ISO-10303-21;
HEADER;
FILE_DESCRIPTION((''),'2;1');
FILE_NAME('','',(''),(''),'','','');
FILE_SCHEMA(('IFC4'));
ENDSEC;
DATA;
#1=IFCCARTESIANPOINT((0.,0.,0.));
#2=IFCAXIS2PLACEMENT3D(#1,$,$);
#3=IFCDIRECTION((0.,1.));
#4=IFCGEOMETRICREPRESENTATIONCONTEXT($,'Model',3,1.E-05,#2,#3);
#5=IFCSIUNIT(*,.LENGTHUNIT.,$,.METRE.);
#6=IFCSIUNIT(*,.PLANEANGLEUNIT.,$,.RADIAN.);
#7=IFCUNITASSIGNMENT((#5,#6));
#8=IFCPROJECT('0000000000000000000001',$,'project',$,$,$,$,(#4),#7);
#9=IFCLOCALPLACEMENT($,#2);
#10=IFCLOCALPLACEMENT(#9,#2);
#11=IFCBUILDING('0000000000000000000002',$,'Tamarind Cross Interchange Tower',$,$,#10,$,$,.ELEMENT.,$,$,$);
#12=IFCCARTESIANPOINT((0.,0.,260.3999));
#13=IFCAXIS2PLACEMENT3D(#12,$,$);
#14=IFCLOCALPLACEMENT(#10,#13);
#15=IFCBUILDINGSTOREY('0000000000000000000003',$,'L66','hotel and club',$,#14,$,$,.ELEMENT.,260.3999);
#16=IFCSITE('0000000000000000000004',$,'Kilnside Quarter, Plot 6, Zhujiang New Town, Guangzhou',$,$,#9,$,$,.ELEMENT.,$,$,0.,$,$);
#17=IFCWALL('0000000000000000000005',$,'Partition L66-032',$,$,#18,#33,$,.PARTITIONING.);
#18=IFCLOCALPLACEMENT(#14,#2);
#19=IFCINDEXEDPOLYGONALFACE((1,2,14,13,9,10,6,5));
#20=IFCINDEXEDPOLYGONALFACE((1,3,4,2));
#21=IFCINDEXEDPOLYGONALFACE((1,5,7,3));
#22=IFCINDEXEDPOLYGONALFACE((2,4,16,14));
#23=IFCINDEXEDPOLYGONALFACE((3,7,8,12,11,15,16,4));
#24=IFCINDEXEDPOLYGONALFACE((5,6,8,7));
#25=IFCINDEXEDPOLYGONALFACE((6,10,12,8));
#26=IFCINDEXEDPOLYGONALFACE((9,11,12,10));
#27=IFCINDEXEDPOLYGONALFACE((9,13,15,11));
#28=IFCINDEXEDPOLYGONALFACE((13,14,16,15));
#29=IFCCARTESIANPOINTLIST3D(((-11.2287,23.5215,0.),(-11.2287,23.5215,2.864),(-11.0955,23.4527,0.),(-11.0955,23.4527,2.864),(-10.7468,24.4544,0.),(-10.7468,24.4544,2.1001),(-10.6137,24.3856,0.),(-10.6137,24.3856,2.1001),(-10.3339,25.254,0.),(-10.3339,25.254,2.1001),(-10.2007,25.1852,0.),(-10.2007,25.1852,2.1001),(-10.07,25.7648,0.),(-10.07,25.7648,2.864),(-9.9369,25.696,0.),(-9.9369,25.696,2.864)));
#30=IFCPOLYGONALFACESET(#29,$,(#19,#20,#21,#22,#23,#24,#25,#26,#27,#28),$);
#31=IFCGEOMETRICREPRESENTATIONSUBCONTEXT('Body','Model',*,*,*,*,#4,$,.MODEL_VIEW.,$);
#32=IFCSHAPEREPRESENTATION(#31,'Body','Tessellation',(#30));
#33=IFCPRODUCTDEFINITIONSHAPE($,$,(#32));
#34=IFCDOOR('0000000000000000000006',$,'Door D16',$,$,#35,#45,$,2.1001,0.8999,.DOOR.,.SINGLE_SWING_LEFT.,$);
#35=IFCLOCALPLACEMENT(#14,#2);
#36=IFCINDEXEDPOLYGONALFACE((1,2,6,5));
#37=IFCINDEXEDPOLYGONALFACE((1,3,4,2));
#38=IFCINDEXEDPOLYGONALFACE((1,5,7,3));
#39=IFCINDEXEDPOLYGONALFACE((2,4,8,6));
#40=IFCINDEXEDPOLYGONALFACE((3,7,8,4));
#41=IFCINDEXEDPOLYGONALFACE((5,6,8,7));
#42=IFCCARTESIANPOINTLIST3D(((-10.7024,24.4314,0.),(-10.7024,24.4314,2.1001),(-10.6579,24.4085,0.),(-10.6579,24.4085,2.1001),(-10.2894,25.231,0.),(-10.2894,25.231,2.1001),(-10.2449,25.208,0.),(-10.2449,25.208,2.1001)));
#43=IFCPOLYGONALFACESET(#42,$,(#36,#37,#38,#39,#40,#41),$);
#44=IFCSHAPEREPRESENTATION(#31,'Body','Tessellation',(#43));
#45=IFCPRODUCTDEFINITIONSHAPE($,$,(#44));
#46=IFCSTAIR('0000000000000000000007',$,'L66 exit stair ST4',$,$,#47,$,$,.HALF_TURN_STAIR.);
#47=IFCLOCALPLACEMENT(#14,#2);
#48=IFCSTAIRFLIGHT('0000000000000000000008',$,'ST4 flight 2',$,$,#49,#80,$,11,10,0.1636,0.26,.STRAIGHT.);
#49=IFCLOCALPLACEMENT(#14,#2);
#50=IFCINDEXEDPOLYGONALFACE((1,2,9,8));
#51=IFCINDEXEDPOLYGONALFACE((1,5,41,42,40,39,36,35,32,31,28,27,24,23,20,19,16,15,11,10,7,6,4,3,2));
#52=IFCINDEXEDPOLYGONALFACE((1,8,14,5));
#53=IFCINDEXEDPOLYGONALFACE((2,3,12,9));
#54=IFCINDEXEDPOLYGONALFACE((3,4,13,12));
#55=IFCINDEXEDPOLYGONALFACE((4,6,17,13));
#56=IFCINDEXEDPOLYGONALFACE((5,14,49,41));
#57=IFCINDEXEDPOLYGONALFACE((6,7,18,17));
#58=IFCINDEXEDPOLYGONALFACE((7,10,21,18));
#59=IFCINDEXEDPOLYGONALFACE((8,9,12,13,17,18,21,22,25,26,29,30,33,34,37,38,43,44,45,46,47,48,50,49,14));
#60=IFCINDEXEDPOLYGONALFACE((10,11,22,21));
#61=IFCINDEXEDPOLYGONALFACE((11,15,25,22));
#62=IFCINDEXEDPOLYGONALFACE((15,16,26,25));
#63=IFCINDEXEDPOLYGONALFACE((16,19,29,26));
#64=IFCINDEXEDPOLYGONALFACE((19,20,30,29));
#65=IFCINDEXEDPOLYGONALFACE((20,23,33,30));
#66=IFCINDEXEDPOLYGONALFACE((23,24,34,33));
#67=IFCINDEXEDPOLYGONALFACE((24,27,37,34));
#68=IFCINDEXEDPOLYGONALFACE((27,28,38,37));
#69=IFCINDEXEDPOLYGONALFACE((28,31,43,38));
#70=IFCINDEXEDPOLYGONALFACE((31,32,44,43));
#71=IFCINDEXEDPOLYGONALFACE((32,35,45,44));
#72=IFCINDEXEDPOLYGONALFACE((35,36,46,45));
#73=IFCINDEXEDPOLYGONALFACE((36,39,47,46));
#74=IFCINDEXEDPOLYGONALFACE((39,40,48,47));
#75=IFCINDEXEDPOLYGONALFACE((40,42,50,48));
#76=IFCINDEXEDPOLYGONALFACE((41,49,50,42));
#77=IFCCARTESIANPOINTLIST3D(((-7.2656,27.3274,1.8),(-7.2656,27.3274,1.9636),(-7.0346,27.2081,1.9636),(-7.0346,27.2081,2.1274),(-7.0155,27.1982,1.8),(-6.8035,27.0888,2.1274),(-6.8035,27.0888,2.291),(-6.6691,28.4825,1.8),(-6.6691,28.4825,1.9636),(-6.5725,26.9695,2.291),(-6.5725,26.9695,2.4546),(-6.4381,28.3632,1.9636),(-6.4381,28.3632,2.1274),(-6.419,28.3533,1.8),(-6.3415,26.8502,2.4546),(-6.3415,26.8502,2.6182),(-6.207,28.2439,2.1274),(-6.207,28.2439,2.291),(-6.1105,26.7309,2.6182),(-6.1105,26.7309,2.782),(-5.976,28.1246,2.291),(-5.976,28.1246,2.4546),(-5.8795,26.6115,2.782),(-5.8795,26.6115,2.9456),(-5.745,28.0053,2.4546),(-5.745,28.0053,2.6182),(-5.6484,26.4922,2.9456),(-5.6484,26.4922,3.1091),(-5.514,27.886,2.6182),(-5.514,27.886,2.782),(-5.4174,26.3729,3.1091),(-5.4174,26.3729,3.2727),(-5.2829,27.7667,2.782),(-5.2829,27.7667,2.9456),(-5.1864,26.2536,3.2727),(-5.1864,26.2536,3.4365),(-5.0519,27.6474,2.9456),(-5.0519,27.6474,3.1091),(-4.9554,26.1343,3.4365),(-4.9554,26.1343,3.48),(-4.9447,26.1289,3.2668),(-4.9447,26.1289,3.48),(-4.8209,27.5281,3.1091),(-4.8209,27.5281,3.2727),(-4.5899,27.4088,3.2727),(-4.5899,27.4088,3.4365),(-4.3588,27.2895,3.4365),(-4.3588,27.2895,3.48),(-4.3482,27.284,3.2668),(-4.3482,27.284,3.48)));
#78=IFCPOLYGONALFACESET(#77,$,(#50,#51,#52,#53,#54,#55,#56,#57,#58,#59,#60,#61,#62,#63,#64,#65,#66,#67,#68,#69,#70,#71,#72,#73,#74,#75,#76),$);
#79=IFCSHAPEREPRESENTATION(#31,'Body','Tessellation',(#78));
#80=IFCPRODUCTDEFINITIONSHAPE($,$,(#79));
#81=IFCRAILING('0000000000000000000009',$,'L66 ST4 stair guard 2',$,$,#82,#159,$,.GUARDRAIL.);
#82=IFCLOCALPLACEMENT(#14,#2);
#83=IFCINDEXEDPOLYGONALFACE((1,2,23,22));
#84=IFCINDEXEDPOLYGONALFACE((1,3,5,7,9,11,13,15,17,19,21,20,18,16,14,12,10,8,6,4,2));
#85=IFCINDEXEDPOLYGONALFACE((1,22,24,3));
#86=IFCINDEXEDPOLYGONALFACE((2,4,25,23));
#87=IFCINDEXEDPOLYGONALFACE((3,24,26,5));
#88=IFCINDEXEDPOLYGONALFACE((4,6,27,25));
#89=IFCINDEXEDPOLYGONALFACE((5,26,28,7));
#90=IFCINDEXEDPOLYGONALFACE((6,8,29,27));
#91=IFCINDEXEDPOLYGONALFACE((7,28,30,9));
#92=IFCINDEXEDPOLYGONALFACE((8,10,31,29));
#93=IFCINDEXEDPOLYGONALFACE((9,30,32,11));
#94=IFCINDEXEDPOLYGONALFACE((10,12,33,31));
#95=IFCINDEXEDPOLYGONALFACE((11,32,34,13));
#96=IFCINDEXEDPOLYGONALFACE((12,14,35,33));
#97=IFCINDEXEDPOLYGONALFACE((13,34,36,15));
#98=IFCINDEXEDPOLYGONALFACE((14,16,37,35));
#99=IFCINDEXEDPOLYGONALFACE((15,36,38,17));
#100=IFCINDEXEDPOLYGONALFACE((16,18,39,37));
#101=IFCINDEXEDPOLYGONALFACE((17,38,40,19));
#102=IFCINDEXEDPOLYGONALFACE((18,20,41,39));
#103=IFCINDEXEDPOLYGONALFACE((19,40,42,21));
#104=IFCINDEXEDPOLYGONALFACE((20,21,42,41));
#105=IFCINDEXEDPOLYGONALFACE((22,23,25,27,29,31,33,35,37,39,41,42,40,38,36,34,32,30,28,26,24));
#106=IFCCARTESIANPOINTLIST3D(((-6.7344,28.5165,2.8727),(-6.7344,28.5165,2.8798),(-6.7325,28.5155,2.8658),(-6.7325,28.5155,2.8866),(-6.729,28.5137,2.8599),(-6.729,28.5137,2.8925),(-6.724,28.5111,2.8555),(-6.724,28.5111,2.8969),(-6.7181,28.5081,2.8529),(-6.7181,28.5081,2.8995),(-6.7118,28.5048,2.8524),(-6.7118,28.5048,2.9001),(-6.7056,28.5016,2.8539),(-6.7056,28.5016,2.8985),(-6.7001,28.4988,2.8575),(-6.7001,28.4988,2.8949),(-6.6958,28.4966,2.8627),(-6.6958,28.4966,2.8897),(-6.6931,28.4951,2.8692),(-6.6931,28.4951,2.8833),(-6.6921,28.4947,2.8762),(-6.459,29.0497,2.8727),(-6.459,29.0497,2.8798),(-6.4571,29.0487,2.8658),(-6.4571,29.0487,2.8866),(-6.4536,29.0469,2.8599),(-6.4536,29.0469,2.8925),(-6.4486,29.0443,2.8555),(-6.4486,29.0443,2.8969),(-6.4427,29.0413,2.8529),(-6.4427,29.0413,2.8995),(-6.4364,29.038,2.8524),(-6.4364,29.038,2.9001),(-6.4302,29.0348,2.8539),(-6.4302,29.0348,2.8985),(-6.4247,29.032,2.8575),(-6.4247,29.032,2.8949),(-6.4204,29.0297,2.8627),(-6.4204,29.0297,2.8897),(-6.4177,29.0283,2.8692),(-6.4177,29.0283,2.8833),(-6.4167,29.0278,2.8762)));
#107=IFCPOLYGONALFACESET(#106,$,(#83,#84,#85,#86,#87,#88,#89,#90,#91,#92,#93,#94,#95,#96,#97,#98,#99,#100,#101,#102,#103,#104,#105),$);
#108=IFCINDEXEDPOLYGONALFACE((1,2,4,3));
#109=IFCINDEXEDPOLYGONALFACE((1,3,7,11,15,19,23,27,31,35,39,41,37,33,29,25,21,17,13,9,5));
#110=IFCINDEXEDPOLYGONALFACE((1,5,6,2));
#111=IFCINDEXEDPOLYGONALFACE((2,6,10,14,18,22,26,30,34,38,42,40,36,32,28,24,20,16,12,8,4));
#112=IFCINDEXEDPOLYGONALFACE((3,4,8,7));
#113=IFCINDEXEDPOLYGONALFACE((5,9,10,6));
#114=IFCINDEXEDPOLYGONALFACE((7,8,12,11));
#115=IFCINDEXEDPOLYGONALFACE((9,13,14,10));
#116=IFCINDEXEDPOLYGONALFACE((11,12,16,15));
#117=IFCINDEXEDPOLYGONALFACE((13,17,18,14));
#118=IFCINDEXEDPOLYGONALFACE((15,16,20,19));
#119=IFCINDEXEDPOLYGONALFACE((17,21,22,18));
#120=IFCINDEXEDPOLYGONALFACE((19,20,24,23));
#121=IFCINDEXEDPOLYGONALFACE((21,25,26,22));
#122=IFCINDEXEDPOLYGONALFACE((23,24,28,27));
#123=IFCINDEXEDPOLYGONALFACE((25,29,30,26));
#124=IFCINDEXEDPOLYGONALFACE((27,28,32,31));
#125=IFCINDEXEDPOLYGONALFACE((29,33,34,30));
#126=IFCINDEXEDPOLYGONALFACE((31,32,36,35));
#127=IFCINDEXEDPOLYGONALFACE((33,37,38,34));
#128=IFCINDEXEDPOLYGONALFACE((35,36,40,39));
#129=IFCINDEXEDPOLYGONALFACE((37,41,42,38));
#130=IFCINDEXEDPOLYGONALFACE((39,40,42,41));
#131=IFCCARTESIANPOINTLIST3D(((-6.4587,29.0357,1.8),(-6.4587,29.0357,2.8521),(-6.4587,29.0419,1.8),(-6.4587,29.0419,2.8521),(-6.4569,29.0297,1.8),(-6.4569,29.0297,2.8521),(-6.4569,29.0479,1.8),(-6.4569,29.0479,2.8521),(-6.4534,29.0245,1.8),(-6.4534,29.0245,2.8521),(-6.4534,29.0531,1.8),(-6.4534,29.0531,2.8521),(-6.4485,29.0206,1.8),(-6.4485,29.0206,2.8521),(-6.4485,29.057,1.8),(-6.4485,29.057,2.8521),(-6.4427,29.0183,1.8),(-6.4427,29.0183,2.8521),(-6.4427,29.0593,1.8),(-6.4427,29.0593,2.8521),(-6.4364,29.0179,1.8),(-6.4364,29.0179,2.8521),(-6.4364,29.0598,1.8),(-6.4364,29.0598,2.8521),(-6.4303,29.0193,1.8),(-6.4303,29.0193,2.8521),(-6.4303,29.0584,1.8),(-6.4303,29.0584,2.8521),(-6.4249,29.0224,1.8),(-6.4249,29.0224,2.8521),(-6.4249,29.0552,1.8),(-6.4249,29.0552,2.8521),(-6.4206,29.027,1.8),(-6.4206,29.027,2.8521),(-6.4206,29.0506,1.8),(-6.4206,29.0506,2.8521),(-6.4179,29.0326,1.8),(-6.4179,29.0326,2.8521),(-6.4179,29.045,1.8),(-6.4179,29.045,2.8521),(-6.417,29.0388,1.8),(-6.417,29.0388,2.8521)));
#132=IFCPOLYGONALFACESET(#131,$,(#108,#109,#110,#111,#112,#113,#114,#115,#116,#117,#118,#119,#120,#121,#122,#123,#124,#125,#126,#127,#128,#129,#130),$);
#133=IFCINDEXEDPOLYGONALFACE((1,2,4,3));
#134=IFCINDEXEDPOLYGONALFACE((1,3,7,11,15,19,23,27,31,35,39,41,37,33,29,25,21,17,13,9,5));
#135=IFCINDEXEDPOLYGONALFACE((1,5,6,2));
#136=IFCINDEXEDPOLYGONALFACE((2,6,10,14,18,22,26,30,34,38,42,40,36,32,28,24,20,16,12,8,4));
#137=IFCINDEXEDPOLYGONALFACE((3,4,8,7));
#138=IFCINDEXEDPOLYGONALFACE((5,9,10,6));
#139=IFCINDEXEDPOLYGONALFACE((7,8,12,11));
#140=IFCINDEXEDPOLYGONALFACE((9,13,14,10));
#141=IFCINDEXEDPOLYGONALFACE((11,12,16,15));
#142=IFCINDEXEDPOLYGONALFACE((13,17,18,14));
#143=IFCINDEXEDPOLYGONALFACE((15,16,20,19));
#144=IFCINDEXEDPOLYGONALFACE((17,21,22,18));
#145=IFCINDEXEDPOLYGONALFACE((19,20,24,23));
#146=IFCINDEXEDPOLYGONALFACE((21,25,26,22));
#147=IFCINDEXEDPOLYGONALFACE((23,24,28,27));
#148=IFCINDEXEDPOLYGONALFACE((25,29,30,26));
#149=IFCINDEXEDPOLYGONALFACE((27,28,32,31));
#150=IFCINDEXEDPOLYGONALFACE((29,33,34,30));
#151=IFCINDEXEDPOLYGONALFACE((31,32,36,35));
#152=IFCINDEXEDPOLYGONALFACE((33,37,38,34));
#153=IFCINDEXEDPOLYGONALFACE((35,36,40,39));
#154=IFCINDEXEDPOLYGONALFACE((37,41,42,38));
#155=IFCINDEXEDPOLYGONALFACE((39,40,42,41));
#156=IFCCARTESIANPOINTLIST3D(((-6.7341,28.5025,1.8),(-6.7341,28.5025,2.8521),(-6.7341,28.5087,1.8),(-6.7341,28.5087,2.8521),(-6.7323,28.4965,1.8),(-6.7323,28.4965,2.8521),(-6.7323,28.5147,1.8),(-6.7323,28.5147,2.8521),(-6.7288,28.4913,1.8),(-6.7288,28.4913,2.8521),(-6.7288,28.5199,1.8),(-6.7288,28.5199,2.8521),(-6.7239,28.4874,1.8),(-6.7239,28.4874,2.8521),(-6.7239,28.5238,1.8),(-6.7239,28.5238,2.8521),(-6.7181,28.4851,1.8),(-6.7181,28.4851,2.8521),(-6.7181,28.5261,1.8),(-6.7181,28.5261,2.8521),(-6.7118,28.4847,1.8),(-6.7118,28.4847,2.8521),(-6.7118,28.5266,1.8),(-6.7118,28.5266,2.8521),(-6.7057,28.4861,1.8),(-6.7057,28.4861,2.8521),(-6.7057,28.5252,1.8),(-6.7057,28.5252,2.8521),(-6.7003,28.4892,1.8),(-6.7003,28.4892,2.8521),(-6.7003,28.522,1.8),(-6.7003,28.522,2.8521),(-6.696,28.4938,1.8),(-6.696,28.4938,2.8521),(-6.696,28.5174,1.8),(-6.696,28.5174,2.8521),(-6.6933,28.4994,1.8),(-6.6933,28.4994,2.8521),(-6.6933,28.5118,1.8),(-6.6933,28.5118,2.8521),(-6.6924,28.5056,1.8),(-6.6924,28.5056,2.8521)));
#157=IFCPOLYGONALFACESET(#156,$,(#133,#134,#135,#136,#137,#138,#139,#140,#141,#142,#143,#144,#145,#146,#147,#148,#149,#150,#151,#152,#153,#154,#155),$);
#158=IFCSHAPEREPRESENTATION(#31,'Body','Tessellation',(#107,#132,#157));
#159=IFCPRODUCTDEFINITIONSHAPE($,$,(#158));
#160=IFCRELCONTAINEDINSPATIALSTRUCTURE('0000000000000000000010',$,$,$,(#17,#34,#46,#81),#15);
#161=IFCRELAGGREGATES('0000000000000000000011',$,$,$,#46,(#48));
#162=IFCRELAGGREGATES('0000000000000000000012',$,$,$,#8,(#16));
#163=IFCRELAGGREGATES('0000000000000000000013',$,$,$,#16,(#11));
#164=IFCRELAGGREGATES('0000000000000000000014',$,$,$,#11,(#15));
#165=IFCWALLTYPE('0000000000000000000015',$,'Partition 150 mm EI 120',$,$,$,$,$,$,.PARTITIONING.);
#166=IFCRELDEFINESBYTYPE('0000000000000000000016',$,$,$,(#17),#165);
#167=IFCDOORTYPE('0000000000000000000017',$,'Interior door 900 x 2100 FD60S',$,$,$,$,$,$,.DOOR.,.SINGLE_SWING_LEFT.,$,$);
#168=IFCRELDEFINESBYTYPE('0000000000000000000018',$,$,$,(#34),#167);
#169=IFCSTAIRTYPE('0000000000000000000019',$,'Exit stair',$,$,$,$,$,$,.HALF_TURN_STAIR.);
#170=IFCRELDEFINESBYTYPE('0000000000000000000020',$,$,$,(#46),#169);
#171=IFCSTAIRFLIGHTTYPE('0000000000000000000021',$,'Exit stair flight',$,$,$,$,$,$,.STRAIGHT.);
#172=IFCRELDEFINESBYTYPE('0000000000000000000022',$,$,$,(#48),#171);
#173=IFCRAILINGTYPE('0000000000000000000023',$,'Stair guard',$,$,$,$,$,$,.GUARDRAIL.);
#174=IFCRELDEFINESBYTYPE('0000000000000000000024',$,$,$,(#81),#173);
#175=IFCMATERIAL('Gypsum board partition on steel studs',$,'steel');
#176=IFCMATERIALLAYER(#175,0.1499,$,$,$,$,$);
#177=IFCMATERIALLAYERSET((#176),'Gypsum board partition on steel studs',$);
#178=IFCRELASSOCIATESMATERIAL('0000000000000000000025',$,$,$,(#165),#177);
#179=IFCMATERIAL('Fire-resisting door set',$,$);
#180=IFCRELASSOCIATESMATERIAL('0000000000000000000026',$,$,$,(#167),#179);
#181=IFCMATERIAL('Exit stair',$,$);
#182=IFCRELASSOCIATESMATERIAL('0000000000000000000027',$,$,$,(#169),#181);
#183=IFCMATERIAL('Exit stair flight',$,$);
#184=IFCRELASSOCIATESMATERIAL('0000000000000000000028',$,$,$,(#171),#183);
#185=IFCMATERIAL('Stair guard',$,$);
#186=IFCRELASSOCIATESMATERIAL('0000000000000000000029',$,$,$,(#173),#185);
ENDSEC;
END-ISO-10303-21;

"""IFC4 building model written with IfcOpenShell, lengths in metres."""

from ifc_helpers import new_model, si_unit, direction, frame, frame_2d, origin, origin_2d, place, context, subcontext, project, spatial, polyline, rectangle, circle, outline, extrude, material, layer, layer_set, type_object, element, fill, aggregate, save


model = new_model("IFC4")

# Units and contexts
model_context = context("Model", 3, precision=1e-05, world=origin(), true_north=direction((0.0, 1.0)))
body_context = subcontext(model_context, "Body", "Model", "MODEL_VIEW")
ifc_project = project(units=[si_unit("LENGTHUNIT", "METRE"), si_unit("PLANEANGLEUNIT", "RADIAN")], contexts=[model_context])

# Site, building, storey
site_placement = place(None, origin())
site = spatial("IfcSite", under=ifc_project, at=site_placement, Name="Kilnside Quarter, Plot 6, Zhujiang New Town, Guangzhou", CompositionType="ELEMENT", RefElevation=0.0)
building_placement = place(site_placement, origin())
building = spatial("IfcBuilding", under=site, at=building_placement, Name="Tamarind Cross Interchange Tower", CompositionType="ELEMENT")
storey_placement = place(building_placement, frame((0.0, 0.0, 260.3999)))
storey = spatial("IfcBuildingStorey", under=building, at=storey_placement, Name="L66", Description="hotel and club", CompositionType="ELEMENT", Elevation=260.3999)

# Shared definitions
ifc_material_1 = material(Name="Gypsum board partition on steel studs", Category="steel")
ifc_layer_1 = layer(ifc_material_1, 0.1499)
ifc_layer_set_1 = layer_set([ifc_layer_1], Name="Gypsum board partition on steel studs")
wall_type = type_object("IfcWallType", Name="Partition 150 mm EI 120", PredefinedType="PARTITIONING", material=ifc_layer_set_1)

# Wall, opening, door
ifc_material_2 = material(Name="Fire-resisting door set")
door_type = type_object("IfcDoorType", Name="Interior door 900 x 2100 FD60S", OperationType="SINGLE_SWING_LEFT", PredefinedType="DOOR", material=ifc_material_2)
wall_1_placement = place(storey_placement, frame((-11.1621, 23.4871, 0.0), z_axis=(0.0, 0.0, 1.0), x_axis=(0.458894, 0.888491, 0.0)))
wall_1 = element("IfcWall", 1, at=wall_1_placement, inside=storey, type_object=wall_type, Name="Partition L66-032", PredefinedType="PARTITIONING", context=body_context, shape_type="SweptSolid", body=[
    extrude(rectangle(XDim=2.5249, YDim=0.1499, at=frame_2d((1.2625, 0.0))), origin(), (0.0, 0.0, 1.0), 2.864),
])
opening_1_placement = place(wall_1_placement, frame((1.05, 0.0, 0.0)))
opening_1 = element("IfcOpeningElement", 2, at=opening_1_placement, cuts=wall_1, PredefinedType="OPENING", context=body_context, shape_type="SweptSolid", body=[
    extrude(rectangle(XDim=0.8999, YDim=2.1001, at=frame_2d((0.45, 1.05))), frame((0.0, 0.085, 0.0), z_axis=(0.0, -1.0, 0.0), x_axis=(1.0, 0.0, 0.0)), (0.0, 0.0, 1.0), 0.1699),
])
door_1_placement = place(opening_1_placement, origin())
door_1 = element("IfcDoor", 3, at=door_1_placement, inside=storey, type_object=door_type, Name="Door D16", OperationType="SINGLE_SWING_LEFT", OverallHeight=2.1001, OverallWidth=0.8999, PredefinedType="DOOR", context=body_context, shape_type="SweptSolid", body=[
    extrude(rectangle(XDim=0.8999, YDim=2.1001, at=frame_2d((0.45, 1.05))), frame((0.0, 0.0249, 0.0), z_axis=(0.0, -1.0, 0.0), x_axis=(1.0, 0.0, 0.0)), (0.0, 0.0, 1.0), 0.05),
])
fill(opening_1, door_1)

# Stair, stair flight
ifc_material_3 = material(Name="Exit stair")
stair_type = type_object("IfcStairType", Name="Exit stair", PredefinedType="HALF_TURN_STAIR", material=ifc_material_3)
stair_placement = place(storey_placement, origin())
stair = element("IfcStair", 4, at=stair_placement, inside=storey, type_object=stair_type, Name="L66 exit stair ST4", PredefinedType="HALF_TURN_STAIR")
ifc_material_4 = material(Name="Exit stair flight")
stair_flight_type = type_object("IfcStairFlightType", Name="Exit stair flight", PredefinedType="STRAIGHT", material=ifc_material_4)
stair_flight_placement = place(storey_placement, frame((-6.9673, 27.905, 1.8), z_axis=(0.0, 0.0, 1.0), x_axis=(0.888521, -0.458836, 0.0)))
stair_flight = element("IfcStairFlight", 5, at=stair_flight_placement, type_object=stair_flight_type, Name="ST4 flight 2", NumberOfRisers=11, NumberOfTreads=10, PredefinedType="STRAIGHT", RiserHeight=0.1636, TreadLength=0.26, context=body_context, shape_type="SweptSolid", body=[
    extrude(outline(polyline([(0.0, 0.0), (0.0, 0.1636), (0.26, 0.1636), (0.26, 0.3274), (0.52, 0.3274), (0.52, 0.491), (0.78, 0.491), (0.78, 0.6545), (1.04, 0.6545), (1.04, 0.8181), (1.3, 0.8181), (1.3, 0.9819), (1.5601, 0.9819), (1.5601, 1.1455), (1.8201, 1.1455), (1.8201, 1.3091), (2.0801, 1.3091), (2.0801, 1.4727), (2.3401, 1.4727), (2.3401, 1.6365), (2.6001, 1.6365), (2.6001, 1.6799), (2.6121, 1.6799), (2.6121, 1.4668), (0.2815, 0.0), (0.0, 0.0)])), frame((0.0, 0.6499, 0.0), z_axis=(0.0, -1.0, 0.0), x_axis=(1.0, 0.0, 0.0)), (0.0, 0.0, 1.0), 1.3),
])
aggregate(stair, [stair_flight])

# Railing
ifc_material_5 = material(Name="Stair guard")
railing_type_1 = type_object("IfcRailingType", Name="Stair guard", PredefinedType="GUARDRAIL", material=ifc_material_5)
railing_1_placement = place(storey_placement, frame((-6.438, 29.0388, 1.8)))
element("IfcRailing", 6, at=railing_1_placement, inside=storey, type_object=railing_type_1, Name="L66 ST4 stair guard 2", PredefinedType="GUARDRAIL", context=body_context, shape_type="SweptSolid", body=[
    extrude(circle(Radius=0.0239, at=origin_2d()), frame((0.0, 0.0, 1.0762), z_axis=(-0.458892, -0.888492, 0.0), x_axis=(0.888492, -0.458892, 0.0)), (0.0, 0.0, 1.0), 0.6001),
    extrude(circle(Radius=0.021, at=origin_2d()), origin(), (0.0, 0.0, 1.0), 1.052),
    extrude(circle(Radius=0.021, at=origin_2d()), frame((-0.2754, -0.5332, 0.0)), (0.0, 0.0, 1.0), 1.052),
])

save(model, "model.ifc")
